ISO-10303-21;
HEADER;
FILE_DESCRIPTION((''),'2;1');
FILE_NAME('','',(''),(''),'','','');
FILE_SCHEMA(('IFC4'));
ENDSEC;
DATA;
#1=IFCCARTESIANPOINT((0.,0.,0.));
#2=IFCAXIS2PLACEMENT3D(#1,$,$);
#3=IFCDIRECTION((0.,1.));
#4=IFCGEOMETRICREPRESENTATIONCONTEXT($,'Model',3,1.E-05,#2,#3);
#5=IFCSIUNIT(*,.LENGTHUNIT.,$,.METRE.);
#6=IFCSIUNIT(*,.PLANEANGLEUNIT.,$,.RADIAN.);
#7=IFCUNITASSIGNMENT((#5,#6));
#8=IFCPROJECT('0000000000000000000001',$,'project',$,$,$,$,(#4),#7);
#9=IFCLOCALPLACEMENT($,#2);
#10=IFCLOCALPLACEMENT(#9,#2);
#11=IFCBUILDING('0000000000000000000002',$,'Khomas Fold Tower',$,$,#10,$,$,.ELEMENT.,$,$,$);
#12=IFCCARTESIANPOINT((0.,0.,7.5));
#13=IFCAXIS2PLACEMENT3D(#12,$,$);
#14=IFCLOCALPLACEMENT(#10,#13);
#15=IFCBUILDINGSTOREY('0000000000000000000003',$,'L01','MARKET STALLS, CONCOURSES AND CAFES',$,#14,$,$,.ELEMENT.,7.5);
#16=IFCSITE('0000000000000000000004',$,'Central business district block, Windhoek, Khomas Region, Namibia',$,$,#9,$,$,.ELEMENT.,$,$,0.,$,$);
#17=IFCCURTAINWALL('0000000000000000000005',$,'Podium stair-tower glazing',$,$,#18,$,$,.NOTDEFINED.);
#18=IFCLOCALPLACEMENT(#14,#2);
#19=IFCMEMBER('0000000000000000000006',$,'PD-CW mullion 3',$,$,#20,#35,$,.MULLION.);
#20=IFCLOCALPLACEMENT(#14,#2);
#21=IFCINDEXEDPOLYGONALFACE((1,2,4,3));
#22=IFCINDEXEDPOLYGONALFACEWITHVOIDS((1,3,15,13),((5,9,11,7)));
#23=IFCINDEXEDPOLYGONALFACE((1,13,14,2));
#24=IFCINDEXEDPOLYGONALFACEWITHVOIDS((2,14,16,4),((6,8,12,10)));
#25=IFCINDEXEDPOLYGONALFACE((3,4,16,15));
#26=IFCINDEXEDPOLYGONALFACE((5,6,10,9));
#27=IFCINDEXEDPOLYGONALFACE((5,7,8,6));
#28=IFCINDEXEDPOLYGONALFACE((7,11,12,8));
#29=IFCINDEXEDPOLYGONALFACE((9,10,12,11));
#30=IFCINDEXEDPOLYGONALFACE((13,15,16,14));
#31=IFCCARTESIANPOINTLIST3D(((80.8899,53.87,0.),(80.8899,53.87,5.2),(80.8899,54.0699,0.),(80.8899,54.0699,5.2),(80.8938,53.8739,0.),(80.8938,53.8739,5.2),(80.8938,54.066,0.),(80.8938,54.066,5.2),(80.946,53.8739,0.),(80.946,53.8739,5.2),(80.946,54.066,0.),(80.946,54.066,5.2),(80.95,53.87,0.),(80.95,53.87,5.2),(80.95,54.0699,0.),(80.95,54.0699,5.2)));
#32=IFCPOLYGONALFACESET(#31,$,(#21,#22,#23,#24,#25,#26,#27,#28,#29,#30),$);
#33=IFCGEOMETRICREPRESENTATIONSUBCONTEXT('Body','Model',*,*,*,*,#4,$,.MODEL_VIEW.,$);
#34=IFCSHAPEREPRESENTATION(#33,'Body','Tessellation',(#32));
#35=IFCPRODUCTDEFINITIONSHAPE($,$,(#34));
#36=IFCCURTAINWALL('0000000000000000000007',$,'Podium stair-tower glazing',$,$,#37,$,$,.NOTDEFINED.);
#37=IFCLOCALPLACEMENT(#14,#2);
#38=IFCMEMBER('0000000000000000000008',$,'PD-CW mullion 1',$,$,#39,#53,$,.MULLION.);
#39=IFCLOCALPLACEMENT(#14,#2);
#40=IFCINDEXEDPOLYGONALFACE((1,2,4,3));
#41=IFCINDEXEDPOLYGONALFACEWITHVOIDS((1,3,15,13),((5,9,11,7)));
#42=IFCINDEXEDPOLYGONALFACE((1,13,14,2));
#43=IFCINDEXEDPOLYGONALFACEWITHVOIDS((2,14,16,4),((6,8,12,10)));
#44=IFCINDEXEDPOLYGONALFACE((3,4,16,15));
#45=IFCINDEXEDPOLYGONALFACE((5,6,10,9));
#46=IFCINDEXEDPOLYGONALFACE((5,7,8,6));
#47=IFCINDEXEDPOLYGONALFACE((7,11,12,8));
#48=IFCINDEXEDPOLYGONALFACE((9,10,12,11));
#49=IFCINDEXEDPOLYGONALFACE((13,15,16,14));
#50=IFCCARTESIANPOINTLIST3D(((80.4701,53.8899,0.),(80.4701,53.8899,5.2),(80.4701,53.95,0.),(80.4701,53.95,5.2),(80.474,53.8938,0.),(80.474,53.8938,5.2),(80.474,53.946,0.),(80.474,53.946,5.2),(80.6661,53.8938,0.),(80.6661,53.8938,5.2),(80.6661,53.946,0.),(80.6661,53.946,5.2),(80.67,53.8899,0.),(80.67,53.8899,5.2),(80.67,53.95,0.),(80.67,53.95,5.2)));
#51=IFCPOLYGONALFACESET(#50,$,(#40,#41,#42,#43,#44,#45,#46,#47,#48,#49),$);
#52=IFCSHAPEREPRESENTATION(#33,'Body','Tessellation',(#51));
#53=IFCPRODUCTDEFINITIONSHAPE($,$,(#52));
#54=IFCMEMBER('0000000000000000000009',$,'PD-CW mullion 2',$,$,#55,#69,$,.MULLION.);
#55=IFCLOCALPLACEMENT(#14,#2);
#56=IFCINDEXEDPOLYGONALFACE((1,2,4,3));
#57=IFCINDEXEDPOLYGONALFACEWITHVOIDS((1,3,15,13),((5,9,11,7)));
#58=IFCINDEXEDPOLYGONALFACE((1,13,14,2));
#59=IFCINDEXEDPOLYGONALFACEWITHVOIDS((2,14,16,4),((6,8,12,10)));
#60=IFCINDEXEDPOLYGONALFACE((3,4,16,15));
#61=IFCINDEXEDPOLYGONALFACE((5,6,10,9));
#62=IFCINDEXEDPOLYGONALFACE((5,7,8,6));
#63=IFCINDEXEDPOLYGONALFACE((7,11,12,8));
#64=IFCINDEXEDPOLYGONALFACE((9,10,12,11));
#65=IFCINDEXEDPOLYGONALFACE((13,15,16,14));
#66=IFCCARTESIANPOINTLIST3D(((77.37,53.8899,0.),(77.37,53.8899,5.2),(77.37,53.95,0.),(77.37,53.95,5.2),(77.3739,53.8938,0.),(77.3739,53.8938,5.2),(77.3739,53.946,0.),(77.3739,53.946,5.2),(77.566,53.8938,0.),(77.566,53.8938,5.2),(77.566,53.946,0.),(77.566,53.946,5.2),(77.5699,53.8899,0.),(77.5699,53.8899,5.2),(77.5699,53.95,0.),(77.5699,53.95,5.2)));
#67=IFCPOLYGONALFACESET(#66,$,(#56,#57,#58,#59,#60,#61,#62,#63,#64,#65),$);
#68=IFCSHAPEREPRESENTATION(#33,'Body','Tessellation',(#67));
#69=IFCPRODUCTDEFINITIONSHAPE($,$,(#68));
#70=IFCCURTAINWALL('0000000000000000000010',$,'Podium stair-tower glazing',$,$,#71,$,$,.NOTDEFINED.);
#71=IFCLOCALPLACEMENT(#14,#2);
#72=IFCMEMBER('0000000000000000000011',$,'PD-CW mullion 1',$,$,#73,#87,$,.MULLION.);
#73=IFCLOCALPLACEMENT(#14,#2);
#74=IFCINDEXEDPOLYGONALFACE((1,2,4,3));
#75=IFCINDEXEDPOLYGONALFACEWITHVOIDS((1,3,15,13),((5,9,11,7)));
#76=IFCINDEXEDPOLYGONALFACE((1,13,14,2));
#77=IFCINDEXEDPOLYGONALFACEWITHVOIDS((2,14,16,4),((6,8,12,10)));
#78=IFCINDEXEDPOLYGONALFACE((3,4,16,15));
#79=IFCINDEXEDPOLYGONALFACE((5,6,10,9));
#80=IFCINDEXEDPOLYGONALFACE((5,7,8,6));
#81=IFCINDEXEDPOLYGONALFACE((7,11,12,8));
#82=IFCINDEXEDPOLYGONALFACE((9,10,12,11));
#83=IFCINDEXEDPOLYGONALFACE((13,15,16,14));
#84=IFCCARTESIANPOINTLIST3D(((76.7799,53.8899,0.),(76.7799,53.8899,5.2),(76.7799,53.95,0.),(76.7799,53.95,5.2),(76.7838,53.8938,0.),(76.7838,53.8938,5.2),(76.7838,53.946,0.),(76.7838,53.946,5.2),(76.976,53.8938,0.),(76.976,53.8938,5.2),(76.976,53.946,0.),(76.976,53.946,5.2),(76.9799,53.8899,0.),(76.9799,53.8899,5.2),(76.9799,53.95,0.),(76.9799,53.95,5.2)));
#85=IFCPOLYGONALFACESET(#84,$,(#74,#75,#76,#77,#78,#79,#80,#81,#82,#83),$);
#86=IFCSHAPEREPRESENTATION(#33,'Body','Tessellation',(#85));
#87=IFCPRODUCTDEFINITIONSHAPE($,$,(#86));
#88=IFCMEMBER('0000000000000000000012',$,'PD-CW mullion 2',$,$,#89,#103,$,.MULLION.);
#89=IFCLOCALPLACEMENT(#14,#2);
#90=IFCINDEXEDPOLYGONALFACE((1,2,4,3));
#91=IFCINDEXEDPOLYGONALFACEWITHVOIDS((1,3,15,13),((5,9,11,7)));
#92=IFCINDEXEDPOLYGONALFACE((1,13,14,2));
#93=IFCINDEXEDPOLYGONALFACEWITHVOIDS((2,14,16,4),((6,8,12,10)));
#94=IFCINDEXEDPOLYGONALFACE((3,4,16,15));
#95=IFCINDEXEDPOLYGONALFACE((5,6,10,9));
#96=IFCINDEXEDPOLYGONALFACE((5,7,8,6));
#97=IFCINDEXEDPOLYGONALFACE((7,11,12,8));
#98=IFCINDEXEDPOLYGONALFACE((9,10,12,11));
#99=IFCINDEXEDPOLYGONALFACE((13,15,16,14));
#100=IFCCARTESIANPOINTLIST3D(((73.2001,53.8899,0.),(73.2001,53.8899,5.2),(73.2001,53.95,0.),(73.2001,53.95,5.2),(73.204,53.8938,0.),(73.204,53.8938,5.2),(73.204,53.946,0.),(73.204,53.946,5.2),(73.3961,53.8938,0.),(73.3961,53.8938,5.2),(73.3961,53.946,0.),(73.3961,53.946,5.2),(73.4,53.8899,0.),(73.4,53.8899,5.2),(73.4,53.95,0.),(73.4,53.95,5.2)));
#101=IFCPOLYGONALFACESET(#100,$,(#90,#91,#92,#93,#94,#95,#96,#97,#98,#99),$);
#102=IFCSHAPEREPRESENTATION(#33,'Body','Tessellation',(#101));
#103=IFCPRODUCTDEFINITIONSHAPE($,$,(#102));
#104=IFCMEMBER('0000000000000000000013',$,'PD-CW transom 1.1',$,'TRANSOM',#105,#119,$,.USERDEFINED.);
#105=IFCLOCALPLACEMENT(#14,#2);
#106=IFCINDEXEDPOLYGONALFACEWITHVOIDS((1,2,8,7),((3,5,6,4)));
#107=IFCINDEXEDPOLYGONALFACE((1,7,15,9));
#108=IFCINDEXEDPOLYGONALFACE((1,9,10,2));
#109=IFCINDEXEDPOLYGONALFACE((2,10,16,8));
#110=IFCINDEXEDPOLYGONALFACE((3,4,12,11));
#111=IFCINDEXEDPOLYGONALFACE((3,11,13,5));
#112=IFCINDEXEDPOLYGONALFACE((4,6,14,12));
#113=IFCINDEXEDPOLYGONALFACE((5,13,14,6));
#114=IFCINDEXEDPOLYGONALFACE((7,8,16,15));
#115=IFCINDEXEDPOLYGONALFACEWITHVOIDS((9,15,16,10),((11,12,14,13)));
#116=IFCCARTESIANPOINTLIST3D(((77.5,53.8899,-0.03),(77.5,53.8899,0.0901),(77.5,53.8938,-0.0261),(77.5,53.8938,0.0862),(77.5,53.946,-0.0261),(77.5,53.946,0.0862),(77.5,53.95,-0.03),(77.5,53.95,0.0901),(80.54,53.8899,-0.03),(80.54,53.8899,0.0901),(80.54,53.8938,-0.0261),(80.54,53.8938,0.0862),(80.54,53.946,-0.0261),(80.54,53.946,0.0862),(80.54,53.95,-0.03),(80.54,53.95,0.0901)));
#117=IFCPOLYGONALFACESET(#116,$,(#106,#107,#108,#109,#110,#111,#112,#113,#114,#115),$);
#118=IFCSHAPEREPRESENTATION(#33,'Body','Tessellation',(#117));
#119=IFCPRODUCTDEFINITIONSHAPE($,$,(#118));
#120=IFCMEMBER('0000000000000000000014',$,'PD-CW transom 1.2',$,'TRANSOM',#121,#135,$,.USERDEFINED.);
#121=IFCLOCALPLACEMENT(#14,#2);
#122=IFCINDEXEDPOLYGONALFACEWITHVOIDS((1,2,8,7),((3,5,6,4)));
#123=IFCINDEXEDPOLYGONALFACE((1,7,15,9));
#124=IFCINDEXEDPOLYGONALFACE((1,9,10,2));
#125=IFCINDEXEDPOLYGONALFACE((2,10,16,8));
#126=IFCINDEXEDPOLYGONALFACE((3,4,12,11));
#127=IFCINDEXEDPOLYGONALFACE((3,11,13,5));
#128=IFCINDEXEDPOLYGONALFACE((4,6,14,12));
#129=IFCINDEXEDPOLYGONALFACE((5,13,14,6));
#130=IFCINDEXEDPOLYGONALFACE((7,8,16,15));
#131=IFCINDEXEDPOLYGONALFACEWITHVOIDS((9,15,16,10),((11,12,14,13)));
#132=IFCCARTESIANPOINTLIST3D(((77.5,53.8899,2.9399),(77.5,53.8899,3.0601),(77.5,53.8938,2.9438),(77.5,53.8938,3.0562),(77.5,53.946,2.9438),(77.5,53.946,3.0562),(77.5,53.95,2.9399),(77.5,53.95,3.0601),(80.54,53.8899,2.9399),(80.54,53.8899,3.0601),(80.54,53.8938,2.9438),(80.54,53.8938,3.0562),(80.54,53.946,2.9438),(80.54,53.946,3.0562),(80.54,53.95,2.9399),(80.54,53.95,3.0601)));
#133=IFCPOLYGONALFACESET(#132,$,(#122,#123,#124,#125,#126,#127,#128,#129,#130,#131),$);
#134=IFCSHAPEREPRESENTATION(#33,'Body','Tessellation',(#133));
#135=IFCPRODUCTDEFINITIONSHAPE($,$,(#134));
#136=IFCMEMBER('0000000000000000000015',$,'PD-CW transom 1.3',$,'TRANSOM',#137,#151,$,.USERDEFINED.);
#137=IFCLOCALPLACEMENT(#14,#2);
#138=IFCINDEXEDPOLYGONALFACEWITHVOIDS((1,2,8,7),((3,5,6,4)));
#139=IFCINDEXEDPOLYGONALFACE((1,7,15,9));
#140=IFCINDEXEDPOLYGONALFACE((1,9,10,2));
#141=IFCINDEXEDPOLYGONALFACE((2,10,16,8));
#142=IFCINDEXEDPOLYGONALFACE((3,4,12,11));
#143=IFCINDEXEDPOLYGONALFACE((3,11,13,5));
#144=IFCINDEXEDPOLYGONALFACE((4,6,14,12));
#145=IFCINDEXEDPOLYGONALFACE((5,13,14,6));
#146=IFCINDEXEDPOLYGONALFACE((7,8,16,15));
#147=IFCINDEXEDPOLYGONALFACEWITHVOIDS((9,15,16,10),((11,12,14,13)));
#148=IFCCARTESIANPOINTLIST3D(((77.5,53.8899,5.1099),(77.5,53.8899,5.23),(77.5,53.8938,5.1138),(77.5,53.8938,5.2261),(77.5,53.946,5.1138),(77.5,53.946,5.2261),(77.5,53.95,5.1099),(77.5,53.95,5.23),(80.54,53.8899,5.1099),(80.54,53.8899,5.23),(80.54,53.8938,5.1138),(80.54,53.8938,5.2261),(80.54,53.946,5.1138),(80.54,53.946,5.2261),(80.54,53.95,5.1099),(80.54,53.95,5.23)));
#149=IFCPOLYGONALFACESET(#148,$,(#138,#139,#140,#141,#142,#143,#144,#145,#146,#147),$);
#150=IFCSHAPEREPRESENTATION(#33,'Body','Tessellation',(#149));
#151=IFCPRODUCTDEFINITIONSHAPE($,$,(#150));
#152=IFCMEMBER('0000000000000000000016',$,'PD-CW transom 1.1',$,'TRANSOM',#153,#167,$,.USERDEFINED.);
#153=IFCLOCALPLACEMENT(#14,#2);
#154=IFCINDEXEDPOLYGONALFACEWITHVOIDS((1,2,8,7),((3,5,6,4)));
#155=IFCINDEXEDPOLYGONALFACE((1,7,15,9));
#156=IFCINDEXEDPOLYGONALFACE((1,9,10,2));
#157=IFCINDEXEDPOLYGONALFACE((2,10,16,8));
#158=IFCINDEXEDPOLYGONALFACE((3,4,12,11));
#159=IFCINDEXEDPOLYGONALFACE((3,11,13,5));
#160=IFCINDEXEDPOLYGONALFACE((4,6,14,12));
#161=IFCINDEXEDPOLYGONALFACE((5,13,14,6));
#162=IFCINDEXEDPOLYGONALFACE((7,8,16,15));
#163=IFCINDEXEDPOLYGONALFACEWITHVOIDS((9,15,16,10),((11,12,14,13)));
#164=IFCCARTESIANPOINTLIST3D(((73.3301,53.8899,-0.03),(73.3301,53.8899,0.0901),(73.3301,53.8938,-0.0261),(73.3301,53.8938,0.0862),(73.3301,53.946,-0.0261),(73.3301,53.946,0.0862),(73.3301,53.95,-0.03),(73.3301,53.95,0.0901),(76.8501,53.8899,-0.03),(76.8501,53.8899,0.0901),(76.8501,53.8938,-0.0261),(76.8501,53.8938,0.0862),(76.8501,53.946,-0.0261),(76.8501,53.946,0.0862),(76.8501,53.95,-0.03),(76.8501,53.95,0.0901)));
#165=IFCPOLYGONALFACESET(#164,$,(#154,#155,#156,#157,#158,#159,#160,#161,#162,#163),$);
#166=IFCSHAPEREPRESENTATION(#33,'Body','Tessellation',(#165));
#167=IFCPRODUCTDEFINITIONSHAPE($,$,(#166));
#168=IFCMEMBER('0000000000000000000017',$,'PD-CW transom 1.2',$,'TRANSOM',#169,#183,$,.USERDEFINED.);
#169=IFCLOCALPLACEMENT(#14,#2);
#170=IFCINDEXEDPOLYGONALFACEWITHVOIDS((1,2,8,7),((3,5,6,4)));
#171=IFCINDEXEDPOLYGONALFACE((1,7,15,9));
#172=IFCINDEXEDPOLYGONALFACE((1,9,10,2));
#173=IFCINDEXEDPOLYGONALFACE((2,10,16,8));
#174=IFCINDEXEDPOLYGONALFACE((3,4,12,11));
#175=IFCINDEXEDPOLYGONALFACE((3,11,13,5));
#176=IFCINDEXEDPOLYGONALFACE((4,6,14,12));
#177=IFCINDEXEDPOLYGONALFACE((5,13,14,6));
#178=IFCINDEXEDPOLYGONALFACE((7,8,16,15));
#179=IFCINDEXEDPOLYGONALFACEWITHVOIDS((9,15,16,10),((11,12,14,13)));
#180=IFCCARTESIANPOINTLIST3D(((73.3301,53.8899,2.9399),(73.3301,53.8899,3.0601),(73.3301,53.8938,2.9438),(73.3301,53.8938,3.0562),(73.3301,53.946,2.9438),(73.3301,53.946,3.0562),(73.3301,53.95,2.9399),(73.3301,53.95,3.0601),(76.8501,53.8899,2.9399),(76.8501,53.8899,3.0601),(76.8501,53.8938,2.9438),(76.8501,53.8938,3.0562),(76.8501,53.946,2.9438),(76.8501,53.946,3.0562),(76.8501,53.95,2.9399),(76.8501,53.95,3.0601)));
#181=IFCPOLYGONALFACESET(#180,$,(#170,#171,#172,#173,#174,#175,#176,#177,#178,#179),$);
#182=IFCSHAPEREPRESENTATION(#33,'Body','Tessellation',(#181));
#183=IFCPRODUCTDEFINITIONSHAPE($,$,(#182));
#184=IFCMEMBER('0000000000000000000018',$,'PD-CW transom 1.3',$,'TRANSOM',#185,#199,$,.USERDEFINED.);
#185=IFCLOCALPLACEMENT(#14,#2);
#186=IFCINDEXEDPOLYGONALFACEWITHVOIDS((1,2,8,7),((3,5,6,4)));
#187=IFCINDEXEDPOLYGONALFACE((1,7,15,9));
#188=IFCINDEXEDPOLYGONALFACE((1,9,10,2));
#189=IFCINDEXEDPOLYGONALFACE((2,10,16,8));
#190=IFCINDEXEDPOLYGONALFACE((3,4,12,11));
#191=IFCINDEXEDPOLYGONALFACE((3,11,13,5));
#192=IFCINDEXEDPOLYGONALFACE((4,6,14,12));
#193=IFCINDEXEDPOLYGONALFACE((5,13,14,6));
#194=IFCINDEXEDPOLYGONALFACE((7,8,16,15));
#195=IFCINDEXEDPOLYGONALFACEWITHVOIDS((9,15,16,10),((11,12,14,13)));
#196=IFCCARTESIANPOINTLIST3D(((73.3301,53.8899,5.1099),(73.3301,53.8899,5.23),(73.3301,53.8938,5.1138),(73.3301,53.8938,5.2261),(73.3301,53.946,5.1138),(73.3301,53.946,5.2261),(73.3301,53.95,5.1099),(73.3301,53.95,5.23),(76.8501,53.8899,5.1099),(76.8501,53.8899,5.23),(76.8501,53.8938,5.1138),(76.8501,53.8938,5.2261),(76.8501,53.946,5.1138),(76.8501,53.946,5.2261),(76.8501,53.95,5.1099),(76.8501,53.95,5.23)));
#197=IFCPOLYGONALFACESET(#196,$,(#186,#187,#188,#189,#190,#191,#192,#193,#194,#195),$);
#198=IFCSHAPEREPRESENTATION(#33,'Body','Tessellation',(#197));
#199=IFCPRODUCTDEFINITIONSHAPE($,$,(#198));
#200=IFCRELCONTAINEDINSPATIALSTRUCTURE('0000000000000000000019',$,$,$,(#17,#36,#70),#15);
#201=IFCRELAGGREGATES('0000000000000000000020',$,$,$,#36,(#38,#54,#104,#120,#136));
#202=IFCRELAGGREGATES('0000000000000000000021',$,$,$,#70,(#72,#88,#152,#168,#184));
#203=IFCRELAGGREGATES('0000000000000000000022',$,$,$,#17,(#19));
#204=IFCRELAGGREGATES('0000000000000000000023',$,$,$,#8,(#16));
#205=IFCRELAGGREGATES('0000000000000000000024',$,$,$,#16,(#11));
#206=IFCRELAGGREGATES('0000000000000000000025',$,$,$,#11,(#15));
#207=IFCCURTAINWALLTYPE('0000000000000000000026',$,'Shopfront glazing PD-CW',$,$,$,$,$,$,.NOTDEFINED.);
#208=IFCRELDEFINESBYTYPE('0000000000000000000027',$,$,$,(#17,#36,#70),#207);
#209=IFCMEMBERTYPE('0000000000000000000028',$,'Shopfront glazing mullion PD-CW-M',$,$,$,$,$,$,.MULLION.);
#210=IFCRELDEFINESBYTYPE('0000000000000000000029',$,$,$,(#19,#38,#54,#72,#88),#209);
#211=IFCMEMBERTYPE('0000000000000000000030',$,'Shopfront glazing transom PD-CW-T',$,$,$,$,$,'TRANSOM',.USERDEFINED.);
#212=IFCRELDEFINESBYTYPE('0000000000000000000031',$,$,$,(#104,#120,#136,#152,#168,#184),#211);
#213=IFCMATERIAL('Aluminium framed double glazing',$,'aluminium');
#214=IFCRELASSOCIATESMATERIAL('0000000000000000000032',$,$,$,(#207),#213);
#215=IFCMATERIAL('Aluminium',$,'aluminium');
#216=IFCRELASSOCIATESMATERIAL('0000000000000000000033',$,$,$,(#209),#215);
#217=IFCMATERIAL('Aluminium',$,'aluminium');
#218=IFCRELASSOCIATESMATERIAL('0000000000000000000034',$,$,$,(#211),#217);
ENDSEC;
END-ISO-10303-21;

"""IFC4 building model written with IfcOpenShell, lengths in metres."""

from ifc_helpers import new_model, si_unit, direction, frame, origin, origin_2d, place, context, subcontext, project, spatial, hollow_rectangle, extrude, source, transform, mapped, material, material_profile, profile_set, type_object, element, aggregate, save


model = new_model("IFC4")

# Units and contexts
model_context = context("Model", 3, precision=1e-05, world=origin(), true_north=direction((0.0, 1.0)))
body_context = subcontext(model_context, "Body", "Model", "MODEL_VIEW")
ifc_project = project(units=[si_unit("LENGTHUNIT", "METRE"), si_unit("PLANEANGLEUNIT", "RADIAN")], contexts=[model_context])

# Site, building, storey
site_placement = place(None, origin())
site = spatial("IfcSite", under=ifc_project, at=site_placement, Name="Central business district block, Windhoek, Khomas Region, Namibia", CompositionType="ELEMENT", RefElevation=0.0)
building_placement = place(site_placement, origin())
building = spatial("IfcBuilding", under=site, at=building_placement, Name="Khomas Fold Tower", CompositionType="ELEMENT")
storey_placement = place(building_placement, frame((0.0, 0.0, 7.5)))
storey = spatial("IfcBuildingStorey", under=building, at=storey_placement, Name="L01", Description="MARKET STALLS, CONCOURSES AND CAFES", CompositionType="ELEMENT", Elevation=7.5)

# Curtain wall, member
ifc_material_1 = material(Name="Aluminium framed double glazing", Category="aluminium")
curtain_wall_type = type_object("IfcCurtainWallType", Name="Shopfront glazing PD-CW", PredefinedType="NOTDEFINED", material=ifc_material_1)
curtain_wall_1_placement = place(storey_placement, origin())
curtain_wall_1 = element("IfcCurtainWall", 1, at=curtain_wall_1_placement, inside=storey, type_object=curtain_wall_type, Name="Podium stair-tower glazing", PredefinedType="NOTDEFINED")
ifc_material_2 = material(Name="Aluminium", Category="aluminium")
ifc_material_profile_1 = material_profile(ifc_material_2, hollow_rectangle(XDim=0.0601, YDim=0.2, WallThickness=0.0039, at=origin_2d()), Name="Shopfront glazing mullion PD-CW-M")
ifc_profile_set_1 = profile_set([ifc_material_profile_1], Name="Aluminium")
member_type_1 = type_object("IfcMemberType", Name="Shopfront glazing mullion PD-CW-M", PredefinedType="MULLION", material=ifc_profile_set_1)
shared_shape_1 = source(origin(), body_context, "Body", "SweptSolid", [
    extrude(hollow_rectangle(XDim=0.0601, YDim=0.2, WallThickness=0.0039, at=origin_2d()), origin(), (0.0, 0.0, 1.0), 5.2),
])
member_1_placement = place(storey_placement, frame((80.9199, 53.97, 0.0), z_axis=(0.0, 0.0, 1.0), x_axis=(-1.0, 0.0, 0.0)))
member_1 = element("IfcMember", 2, at=member_1_placement, type_object=member_type_1, Name="PD-CW mullion 3", PredefinedType="MULLION", context=body_context, shape_type="MappedRepresentation", body=[
    mapped(shared_shape_1, transform((0.0, 0.0, 0.0))),
])

# Curtain walls, members
curtain_wall_2_placement = place(storey_placement, origin())
curtain_wall_2 = element("IfcCurtainWall", 3, at=curtain_wall_2_placement, inside=storey, type_object=curtain_wall_type, Name="Podium stair-tower glazing", PredefinedType="NOTDEFINED")
member_2_placement = place(storey_placement, frame((80.5701, 53.9199, 0.0), z_axis=(0.0, 0.0, 1.0), x_axis=(0.0, -1.0, 0.0)))
member_2 = element("IfcMember", 4, at=member_2_placement, type_object=member_type_1, Name="PD-CW mullion 1", PredefinedType="MULLION", context=body_context, shape_type="MappedRepresentation", body=[
    mapped(shared_shape_1, transform((0.0, 0.0, 0.0))),
])
member_3_placement = place(storey_placement, frame((77.47, 53.9199, 0.0), z_axis=(0.0, 0.0, 1.0), x_axis=(0.0, -1.0, 0.0)))
member_3 = element("IfcMember", 5, at=member_3_placement, type_object=member_type_1, Name="PD-CW mullion 2", PredefinedType="MULLION", context=body_context, shape_type="MappedRepresentation", body=[
    mapped(shared_shape_1, transform((0.0, 0.0, 0.0))),
])
curtain_wall_3_placement = place(storey_placement, origin())
curtain_wall_3 = element("IfcCurtainWall", 6, at=curtain_wall_3_placement, inside=storey, type_object=curtain_wall_type, Name="Podium stair-tower glazing", PredefinedType="NOTDEFINED")
member_4_placement = place(storey_placement, frame((76.8799, 53.9199, 0.0), z_axis=(0.0, 0.0, 1.0), x_axis=(0.0, -1.0, 0.0)))
member_4 = element("IfcMember", 7, at=member_4_placement, type_object=member_type_1, Name="PD-CW mullion 1", PredefinedType="MULLION", context=body_context, shape_type="MappedRepresentation", body=[
    mapped(shared_shape_1, transform((0.0, 0.0, 0.0))),
])
member_5_placement = place(storey_placement, frame((73.3, 53.9199, 0.0), z_axis=(0.0, 0.0, 1.0), x_axis=(0.0, -1.0, 0.0)))
member_5 = element("IfcMember", 8, at=member_5_placement, type_object=member_type_1, Name="PD-CW mullion 2", PredefinedType="MULLION", context=body_context, shape_type="MappedRepresentation", body=[
    mapped(shared_shape_1, transform((0.0, 0.0, 0.0))),
])

# Members
ifc_material_3 = material(Name="Aluminium", Category="aluminium")
ifc_material_profile_2 = material_profile(ifc_material_3, hollow_rectangle(XDim=0.0601, YDim=0.1201, WallThickness=0.0039, at=origin_2d()), Name="Shopfront glazing transom PD-CW-T")
ifc_profile_set_2 = profile_set([ifc_material_profile_2], Name="Aluminium")
member_type_2 = type_object("IfcMemberType", Name="Shopfront glazing transom PD-CW-T", ElementType="TRANSOM", PredefinedType="USERDEFINED", material=ifc_profile_set_2)
shared_shape_2 = source(origin(), body_context, "Body", "SweptSolid", [
    extrude(hollow_rectangle(XDim=0.0601, YDim=0.1201, WallThickness=0.0039, at=origin_2d()), origin(), (0.0, 0.0, 1.0), 3.04),
])
member_6_placement = place(storey_placement, frame((80.54, 53.9199, 0.03), z_axis=(-1.0, 0.0, 0.0), x_axis=(0.0, -1.0, 0.0)))
member_6 = element("IfcMember", 9, at=member_6_placement, type_object=member_type_2, Name="PD-CW transom 1.1", ObjectType="TRANSOM", PredefinedType="USERDEFINED", context=body_context, shape_type="MappedRepresentation", body=[
    mapped(shared_shape_2, transform((0.0, 0.0, 0.0))),
])
member_7_placement = place(storey_placement, frame((80.54, 53.9199, 3.0), z_axis=(-1.0, 0.0, 0.0), x_axis=(0.0, -1.0, 0.0)))
member_7 = element("IfcMember", 10, at=member_7_placement, type_object=member_type_2, Name="PD-CW transom 1.2", ObjectType="TRANSOM", PredefinedType="USERDEFINED", context=body_context, shape_type="MappedRepresentation", body=[
    mapped(shared_shape_2, transform((0.0, 0.0, 0.0))),
])
member_8_placement = place(storey_placement, frame((80.54, 53.9199, 5.1699), z_axis=(-1.0, 0.0, 0.0), x_axis=(0.0, -1.0, 0.0)))
member_8 = element("IfcMember", 11, at=member_8_placement, type_object=member_type_2, Name="PD-CW transom 1.3", ObjectType="TRANSOM", PredefinedType="USERDEFINED", context=body_context, shape_type="MappedRepresentation", body=[
    mapped(shared_shape_2, transform((0.0, 0.0, 0.0))),
])
shared_shape_3 = source(origin(), body_context, "Body", "SweptSolid", [
    extrude(hollow_rectangle(XDim=0.0601, YDim=0.1201, WallThickness=0.0039, at=origin_2d()), origin(), (0.0, 0.0, 1.0), 3.52),
])
member_9_placement = place(storey_placement, frame((76.8501, 53.9199, 0.03), z_axis=(-1.0, 0.0, 0.0), x_axis=(0.0, -1.0, 0.0)))
member_9 = element("IfcMember", 12, at=member_9_placement, type_object=member_type_2, Name="PD-CW transom 1.1", ObjectType="TRANSOM", PredefinedType="USERDEFINED", context=body_context, shape_type="MappedRepresentation", body=[
    mapped(shared_shape_3, transform((0.0, 0.0, 0.0))),
])
member_10_placement = place(storey_placement, frame((76.8501, 53.9199, 3.0), z_axis=(-1.0, 0.0, 0.0), x_axis=(0.0, -1.0, 0.0)))
member_10 = element("IfcMember", 13, at=member_10_placement, type_object=member_type_2, Name="PD-CW transom 1.2", ObjectType="TRANSOM", PredefinedType="USERDEFINED", context=body_context, shape_type="MappedRepresentation", body=[
    mapped(shared_shape_3, transform((0.0, 0.0, 0.0))),
])
member_11_placement = place(storey_placement, frame((76.8501, 53.9199, 5.1699), z_axis=(-1.0, 0.0, 0.0), x_axis=(0.0, -1.0, 0.0)))
member_11 = element("IfcMember", 14, at=member_11_placement, type_object=member_type_2, Name="PD-CW transom 1.3", ObjectType="TRANSOM", PredefinedType="USERDEFINED", context=body_context, shape_type="MappedRepresentation", body=[
    mapped(shared_shape_3, transform((0.0, 0.0, 0.0))),
])

aggregate(curtain_wall_2, [member_2, member_3, member_6, member_7, member_8])
aggregate(curtain_wall_3, [member_4, member_5, member_9, member_10, member_11])
aggregate(curtain_wall_1, [member_1])

save(model, "model.ifc")
